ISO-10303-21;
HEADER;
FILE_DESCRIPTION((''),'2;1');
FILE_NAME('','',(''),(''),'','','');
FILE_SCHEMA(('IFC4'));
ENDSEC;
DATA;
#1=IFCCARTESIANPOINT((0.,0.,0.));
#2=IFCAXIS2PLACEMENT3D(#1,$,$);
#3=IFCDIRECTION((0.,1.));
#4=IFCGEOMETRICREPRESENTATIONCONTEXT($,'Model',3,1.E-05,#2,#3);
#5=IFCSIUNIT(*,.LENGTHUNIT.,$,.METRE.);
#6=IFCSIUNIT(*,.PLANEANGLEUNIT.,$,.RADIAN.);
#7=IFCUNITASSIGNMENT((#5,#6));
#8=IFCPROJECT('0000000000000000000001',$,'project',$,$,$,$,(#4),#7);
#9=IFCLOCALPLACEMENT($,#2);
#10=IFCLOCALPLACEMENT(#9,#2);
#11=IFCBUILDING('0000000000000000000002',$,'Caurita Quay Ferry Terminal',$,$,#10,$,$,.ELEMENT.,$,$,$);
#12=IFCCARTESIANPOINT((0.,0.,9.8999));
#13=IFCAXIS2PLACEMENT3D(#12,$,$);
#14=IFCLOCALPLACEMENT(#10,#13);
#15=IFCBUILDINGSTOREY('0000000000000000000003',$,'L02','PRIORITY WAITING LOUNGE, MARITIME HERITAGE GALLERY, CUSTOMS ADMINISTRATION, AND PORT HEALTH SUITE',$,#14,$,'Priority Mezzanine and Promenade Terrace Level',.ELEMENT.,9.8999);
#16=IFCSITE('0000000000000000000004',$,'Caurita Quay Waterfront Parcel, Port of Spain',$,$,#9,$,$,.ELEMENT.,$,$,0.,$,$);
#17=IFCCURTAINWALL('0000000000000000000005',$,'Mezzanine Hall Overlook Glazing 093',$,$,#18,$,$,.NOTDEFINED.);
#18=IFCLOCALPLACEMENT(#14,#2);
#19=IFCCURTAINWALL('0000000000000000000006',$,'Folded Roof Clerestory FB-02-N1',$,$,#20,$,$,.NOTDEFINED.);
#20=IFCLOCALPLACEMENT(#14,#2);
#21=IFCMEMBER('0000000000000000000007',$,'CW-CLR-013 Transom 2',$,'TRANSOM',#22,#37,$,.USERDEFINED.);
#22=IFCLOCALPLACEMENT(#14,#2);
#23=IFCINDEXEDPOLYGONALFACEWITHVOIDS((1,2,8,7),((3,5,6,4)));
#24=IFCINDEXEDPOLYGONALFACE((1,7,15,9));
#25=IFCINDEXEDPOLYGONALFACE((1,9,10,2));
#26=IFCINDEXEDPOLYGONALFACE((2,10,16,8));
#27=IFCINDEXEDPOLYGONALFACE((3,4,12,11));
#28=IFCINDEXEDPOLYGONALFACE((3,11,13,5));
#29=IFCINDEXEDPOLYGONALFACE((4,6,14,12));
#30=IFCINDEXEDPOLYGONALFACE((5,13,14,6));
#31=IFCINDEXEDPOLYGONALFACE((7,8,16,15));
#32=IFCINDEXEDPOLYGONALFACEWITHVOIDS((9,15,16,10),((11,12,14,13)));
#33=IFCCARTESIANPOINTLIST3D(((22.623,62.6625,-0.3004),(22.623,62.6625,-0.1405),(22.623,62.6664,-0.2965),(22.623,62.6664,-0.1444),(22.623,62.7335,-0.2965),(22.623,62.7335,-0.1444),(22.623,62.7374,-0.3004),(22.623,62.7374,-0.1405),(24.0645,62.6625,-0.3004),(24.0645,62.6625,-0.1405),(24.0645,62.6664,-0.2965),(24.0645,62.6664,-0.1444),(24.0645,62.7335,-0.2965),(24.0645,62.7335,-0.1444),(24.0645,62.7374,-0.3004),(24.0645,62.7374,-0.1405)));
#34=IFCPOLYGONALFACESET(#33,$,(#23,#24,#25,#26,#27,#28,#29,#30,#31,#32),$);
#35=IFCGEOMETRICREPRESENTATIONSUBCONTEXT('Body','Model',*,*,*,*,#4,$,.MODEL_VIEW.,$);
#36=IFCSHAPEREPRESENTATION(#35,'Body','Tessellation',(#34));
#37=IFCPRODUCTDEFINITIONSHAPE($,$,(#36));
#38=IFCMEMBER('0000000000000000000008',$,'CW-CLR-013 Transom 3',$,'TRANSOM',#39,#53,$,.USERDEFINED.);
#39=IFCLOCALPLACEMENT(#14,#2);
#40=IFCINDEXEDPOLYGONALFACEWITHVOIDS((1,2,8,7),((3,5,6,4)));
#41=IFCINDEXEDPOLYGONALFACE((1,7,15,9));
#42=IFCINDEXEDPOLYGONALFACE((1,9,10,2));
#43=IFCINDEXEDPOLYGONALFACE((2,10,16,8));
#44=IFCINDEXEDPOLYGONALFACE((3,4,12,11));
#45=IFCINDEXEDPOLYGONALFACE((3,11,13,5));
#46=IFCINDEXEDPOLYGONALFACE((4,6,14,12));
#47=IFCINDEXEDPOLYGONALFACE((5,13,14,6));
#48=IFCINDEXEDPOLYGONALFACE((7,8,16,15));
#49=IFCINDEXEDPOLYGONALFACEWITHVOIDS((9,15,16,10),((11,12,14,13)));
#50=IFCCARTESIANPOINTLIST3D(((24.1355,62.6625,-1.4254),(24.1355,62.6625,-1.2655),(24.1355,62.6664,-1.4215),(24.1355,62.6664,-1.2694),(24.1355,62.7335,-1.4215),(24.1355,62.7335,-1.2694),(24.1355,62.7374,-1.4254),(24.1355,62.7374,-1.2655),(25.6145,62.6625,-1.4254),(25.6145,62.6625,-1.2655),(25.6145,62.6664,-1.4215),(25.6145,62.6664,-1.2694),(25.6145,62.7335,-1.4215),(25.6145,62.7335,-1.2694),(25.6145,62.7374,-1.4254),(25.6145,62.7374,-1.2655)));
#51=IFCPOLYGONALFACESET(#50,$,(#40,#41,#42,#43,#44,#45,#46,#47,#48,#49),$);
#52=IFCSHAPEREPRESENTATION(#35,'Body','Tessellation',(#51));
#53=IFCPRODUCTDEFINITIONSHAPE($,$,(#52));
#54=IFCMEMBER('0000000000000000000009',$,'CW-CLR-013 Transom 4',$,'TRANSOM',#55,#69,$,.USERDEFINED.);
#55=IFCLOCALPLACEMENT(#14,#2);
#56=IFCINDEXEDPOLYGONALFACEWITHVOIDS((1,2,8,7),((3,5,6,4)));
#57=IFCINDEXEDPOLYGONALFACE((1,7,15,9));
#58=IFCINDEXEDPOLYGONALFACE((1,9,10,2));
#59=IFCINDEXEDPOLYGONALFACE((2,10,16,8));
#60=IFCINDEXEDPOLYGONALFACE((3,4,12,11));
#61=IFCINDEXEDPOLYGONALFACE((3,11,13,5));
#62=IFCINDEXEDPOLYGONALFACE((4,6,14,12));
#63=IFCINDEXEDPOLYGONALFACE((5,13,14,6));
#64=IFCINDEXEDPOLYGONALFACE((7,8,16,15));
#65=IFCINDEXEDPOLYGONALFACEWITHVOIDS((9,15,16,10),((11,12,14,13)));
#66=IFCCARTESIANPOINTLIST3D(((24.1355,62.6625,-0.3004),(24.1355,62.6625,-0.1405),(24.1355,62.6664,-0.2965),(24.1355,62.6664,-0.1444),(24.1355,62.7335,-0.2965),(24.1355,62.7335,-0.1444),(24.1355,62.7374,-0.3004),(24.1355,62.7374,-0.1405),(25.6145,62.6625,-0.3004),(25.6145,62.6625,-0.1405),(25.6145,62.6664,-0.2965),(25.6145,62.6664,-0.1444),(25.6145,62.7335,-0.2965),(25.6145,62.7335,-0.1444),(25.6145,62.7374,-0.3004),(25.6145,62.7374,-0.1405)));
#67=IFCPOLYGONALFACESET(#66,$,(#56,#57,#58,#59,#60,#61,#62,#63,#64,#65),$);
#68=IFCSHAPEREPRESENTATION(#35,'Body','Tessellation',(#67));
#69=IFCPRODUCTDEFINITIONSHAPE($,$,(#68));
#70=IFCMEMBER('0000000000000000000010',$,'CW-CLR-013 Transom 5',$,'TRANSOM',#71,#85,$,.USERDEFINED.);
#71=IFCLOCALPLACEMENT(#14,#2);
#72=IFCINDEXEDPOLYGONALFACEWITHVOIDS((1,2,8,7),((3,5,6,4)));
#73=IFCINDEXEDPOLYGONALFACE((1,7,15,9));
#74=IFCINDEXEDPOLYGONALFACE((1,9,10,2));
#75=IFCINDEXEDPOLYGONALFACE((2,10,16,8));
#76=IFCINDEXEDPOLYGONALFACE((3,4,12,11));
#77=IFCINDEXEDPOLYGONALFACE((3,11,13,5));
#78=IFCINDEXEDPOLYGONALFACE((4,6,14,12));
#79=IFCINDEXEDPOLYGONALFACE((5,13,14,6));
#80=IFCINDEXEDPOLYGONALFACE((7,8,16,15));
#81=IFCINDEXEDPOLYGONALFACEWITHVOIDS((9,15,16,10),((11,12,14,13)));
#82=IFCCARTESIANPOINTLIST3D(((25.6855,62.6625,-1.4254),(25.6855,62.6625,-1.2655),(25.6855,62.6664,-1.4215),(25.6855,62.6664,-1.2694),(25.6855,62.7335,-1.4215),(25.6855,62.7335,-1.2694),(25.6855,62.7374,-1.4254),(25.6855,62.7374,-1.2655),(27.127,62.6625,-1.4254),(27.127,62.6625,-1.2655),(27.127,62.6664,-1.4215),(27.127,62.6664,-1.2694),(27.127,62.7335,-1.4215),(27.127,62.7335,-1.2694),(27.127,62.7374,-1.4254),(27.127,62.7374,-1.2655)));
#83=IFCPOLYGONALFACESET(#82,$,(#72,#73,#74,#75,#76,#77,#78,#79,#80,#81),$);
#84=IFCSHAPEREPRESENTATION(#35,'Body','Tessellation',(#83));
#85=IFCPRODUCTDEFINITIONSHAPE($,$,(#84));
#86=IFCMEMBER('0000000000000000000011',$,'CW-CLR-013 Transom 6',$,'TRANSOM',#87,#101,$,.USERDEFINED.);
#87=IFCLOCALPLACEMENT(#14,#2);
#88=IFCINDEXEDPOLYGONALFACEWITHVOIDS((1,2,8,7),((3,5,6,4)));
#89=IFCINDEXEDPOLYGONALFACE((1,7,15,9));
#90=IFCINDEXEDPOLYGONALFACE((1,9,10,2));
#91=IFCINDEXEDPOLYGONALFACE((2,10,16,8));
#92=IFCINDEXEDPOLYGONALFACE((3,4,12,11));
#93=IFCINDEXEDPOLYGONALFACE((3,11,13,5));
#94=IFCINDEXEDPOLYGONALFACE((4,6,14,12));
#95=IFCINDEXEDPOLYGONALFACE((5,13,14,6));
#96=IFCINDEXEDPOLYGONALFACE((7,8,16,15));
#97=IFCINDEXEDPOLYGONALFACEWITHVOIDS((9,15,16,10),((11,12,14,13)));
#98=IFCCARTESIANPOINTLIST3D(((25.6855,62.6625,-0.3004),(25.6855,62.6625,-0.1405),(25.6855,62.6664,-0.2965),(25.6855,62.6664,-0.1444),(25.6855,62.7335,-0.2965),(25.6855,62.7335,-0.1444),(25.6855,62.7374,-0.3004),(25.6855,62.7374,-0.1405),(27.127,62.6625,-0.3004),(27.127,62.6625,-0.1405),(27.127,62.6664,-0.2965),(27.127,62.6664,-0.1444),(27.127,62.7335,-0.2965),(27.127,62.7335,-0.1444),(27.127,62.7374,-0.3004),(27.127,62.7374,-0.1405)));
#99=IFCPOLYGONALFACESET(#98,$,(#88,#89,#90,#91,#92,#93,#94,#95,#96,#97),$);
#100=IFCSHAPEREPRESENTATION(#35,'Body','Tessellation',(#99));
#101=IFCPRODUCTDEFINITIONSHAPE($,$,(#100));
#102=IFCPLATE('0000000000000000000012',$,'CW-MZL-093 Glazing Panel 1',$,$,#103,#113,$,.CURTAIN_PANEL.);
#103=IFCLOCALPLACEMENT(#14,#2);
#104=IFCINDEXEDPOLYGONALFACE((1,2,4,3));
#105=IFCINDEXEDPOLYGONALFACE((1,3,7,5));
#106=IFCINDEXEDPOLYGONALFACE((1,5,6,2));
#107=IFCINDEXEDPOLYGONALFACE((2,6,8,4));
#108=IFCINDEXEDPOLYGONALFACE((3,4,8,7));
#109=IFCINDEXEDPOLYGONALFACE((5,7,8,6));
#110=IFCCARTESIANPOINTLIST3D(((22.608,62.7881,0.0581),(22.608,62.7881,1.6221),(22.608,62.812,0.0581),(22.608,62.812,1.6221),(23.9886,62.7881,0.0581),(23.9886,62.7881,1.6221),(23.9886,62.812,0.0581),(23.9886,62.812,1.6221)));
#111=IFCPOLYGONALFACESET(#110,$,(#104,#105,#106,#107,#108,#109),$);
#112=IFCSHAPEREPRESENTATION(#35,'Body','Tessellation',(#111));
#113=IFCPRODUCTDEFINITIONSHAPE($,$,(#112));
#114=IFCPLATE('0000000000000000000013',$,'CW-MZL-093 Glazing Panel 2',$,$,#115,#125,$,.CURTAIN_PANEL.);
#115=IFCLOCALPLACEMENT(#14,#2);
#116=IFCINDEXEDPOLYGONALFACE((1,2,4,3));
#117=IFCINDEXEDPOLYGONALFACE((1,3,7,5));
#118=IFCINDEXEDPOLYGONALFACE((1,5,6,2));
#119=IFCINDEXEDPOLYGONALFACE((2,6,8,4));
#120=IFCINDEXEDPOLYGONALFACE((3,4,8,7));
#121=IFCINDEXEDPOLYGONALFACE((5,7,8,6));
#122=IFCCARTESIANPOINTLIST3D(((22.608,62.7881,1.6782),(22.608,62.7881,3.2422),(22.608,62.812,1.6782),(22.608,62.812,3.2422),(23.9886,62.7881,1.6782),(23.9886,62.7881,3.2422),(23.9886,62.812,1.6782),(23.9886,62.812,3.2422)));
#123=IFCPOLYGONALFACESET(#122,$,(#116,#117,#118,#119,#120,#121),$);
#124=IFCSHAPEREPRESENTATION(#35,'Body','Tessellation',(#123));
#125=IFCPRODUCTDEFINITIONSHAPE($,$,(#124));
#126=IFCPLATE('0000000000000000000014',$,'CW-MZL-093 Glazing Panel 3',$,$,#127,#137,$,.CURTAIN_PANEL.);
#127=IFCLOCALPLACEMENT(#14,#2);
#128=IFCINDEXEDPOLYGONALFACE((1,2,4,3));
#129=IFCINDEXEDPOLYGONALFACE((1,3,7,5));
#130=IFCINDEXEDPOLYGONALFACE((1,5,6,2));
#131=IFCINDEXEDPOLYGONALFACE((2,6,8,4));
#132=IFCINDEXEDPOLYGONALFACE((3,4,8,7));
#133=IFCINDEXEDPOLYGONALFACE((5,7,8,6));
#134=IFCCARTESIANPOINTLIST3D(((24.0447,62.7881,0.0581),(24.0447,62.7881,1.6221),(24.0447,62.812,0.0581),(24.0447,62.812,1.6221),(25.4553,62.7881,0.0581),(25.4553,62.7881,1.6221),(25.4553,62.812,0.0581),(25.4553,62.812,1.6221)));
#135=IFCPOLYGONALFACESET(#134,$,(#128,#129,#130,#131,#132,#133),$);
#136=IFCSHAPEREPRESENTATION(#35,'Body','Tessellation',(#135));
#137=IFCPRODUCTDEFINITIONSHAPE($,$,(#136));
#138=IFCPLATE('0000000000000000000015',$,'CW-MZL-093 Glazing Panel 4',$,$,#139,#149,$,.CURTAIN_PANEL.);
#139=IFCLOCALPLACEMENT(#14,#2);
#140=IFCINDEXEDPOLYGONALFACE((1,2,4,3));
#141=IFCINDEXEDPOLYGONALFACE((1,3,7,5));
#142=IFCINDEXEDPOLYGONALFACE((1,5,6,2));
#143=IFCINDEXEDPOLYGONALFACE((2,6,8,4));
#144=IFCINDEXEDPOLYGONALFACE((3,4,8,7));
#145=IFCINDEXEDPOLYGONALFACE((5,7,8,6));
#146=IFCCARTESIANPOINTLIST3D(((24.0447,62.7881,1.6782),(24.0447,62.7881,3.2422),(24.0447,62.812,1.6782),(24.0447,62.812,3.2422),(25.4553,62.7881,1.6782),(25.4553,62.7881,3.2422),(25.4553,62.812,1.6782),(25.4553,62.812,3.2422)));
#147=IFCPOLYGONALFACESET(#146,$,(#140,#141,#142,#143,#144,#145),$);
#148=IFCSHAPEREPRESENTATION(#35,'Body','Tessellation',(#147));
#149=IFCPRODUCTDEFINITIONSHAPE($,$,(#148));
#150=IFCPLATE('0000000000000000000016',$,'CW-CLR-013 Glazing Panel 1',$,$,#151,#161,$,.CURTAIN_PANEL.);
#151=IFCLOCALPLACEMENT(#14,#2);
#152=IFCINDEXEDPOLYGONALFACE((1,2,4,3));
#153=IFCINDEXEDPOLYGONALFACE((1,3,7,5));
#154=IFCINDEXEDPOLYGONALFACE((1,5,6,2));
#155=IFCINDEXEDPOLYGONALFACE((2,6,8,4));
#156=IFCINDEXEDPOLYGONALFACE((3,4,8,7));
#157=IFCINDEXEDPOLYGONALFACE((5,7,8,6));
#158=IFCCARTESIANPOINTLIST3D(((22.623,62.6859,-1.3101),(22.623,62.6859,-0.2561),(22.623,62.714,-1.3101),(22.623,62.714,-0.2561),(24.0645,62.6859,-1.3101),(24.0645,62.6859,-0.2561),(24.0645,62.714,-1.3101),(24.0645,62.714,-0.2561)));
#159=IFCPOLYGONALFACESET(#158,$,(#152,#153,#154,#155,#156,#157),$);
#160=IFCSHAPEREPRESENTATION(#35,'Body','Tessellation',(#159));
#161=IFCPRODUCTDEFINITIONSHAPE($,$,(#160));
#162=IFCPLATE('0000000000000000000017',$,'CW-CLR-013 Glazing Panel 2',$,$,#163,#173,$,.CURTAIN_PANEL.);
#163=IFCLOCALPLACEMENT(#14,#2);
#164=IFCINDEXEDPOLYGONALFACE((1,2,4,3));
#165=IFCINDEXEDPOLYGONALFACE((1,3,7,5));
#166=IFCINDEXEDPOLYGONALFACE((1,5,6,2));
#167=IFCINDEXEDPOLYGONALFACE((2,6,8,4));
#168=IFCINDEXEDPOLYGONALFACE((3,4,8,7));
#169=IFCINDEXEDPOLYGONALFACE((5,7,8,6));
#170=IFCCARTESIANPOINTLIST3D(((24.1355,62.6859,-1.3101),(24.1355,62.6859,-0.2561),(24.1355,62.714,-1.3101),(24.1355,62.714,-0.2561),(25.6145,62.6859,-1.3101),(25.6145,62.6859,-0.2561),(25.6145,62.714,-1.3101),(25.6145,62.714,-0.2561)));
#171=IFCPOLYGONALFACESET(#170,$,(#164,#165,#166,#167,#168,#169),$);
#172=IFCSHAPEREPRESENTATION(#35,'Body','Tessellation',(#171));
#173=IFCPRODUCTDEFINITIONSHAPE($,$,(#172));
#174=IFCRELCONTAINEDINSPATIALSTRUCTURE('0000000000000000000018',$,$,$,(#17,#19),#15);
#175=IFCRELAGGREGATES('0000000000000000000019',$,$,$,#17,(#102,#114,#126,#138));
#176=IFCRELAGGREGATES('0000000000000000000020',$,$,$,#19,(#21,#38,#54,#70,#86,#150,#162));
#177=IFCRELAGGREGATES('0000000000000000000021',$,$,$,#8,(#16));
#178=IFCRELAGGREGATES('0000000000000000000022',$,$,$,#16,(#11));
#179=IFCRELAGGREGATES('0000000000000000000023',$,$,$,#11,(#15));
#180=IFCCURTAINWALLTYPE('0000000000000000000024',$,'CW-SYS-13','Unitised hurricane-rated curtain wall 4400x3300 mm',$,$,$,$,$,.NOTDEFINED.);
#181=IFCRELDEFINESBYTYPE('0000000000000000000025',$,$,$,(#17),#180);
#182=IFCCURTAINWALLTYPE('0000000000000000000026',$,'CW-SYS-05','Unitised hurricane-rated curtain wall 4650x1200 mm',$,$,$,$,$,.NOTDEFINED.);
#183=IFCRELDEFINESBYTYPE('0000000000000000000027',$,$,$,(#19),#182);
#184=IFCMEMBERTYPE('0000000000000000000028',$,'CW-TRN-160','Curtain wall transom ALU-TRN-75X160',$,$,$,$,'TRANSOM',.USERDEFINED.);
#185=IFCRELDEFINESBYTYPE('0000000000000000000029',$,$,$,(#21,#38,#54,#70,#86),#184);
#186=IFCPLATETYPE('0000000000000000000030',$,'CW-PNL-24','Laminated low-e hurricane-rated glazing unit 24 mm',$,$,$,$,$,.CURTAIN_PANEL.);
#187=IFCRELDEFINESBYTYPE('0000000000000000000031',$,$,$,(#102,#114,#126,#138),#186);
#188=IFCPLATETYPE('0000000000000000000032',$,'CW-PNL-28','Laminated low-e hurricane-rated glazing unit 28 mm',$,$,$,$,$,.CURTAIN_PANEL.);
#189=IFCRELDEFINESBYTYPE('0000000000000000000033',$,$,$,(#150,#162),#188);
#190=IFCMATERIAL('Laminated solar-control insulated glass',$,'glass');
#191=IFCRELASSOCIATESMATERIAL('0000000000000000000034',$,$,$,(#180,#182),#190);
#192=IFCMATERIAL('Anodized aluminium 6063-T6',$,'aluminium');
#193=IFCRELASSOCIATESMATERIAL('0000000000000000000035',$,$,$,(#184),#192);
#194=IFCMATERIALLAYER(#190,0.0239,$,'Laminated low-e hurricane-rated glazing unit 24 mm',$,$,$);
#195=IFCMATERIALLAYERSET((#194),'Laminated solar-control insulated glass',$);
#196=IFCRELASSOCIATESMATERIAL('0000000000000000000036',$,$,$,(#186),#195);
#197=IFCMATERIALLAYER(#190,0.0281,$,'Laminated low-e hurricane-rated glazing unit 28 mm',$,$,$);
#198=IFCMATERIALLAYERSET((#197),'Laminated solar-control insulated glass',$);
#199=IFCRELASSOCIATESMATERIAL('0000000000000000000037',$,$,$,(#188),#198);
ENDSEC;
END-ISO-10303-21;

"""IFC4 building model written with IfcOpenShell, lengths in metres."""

from ifc_helpers import new_model, si_unit, direction, frame, origin, origin_2d, place, context, subcontext, project, spatial, rectangle, hollow_rectangle, extrude, material, layer, layer_set, material_profile, profile_set, type_object, element, aggregate, save


model = new_model("IFC4")

# Units and contexts
model_context = context("Model", 3, precision=1e-05, world=origin(), true_north=direction((0.0, 1.0)))
body_context = subcontext(model_context, "Body", "Model", "MODEL_VIEW")
ifc_project = project(units=[si_unit("LENGTHUNIT", "METRE"), si_unit("PLANEANGLEUNIT", "RADIAN")], contexts=[model_context])

# Site, building, storey
site_placement = place(None, origin())
site = spatial("IfcSite", under=ifc_project, at=site_placement, Name="Caurita Quay Waterfront Parcel, Port of Spain", CompositionType="ELEMENT", RefElevation=0.0)
building_placement = place(site_placement, origin())
building = spatial("IfcBuilding", under=site, at=building_placement, Name="Caurita Quay Ferry Terminal", CompositionType="ELEMENT")
storey_placement = place(building_placement, frame((0.0, 0.0, 9.8999)))
storey = spatial("IfcBuildingStorey", under=building, at=storey_placement, Name="L02", Description="PRIORITY WAITING LOUNGE, MARITIME HERITAGE GALLERY, CUSTOMS ADMINISTRATION, AND PORT HEALTH SUITE", LongName="Priority Mezzanine and Promenade Terrace Level", CompositionType="ELEMENT", Elevation=9.8999)

# Curtain walls
ifc_material_1 = material(Name="Laminated solar-control insulated glass", Category="glass")
curtain_wall_type_1 = type_object("IfcCurtainWallType", Name="CW-SYS-13", Description="Unitised hurricane-rated curtain wall 4400x3300 mm", PredefinedType="NOTDEFINED", material=ifc_material_1)
curtain_wall_1_placement = place(storey_placement, origin())
curtain_wall_1 = element("IfcCurtainWall", 1, at=curtain_wall_1_placement, inside=storey, type_object=curtain_wall_type_1, Name="Mezzanine Hall Overlook Glazing 093", PredefinedType="NOTDEFINED")
ifc_material_2 = material(Name="Anodized aluminium 6063-T6", Category="aluminium")
curtain_wall_type_2 = type_object("IfcCurtainWallType", Name="CW-SYS-05", Description="Unitised hurricane-rated curtain wall 4650x1200 mm", PredefinedType="NOTDEFINED", material=ifc_material_1)
curtain_wall_2_placement = place(storey_placement, origin())
curtain_wall_2 = element("IfcCurtainWall", 2, at=curtain_wall_2_placement, inside=storey, type_object=curtain_wall_type_2, Name="Folded Roof Clerestory FB-02-N1", PredefinedType="NOTDEFINED")

# Members
ifc_material_profile_1 = material_profile(ifc_material_2, hollow_rectangle(XDim=0.075, YDim=0.1599, WallThickness=0.0039, at=origin_2d()), Name="ALU-TRN-75X160")
ifc_profile_set_1 = profile_set([ifc_material_profile_1], Name="Anodized aluminium 6063-T6")
member_type_1 = type_object("IfcMemberType", Name="CW-TRN-160", Description="Curtain wall transom ALU-TRN-75X160", ElementType="TRANSOM", PredefinedType="USERDEFINED", material=ifc_profile_set_1)
member_1_placement = place(storey_placement, frame((22.623, 62.7, -0.2205), z_axis=(1.0, 0.0, 0.0), x_axis=(0.0, 1.0, 0.0)))
member_1 = element("IfcMember", 3, at=member_1_placement, type_object=member_type_1, Name="CW-CLR-013 Transom 2", ObjectType="TRANSOM", PredefinedType="USERDEFINED", context=body_context, shape_type="SweptSolid", body=[
    extrude(hollow_rectangle(XDim=0.075, YDim=0.1599, WallThickness=0.0039, at=origin_2d()), origin(), (0.0, 0.0, 1.0), 1.4414),
])
member_2_placement = place(storey_placement, frame((24.1355, 62.7, -1.3455), z_axis=(1.0, 0.0, 0.0), x_axis=(0.0, 1.0, 0.0)))
member_2 = element("IfcMember", 4, at=member_2_placement, type_object=member_type_1, Name="CW-CLR-013 Transom 3", ObjectType="TRANSOM", PredefinedType="USERDEFINED", context=body_context, shape_type="SweptSolid", body=[
    extrude(hollow_rectangle(XDim=0.075, YDim=0.1599, WallThickness=0.0039, at=origin_2d()), origin(), (0.0, 0.0, 1.0), 1.479),
])
member_3_placement = place(storey_placement, frame((24.1355, 62.7, -0.2205), z_axis=(1.0, 0.0, 0.0), x_axis=(0.0, 1.0, 0.0)))
member_3 = element("IfcMember", 5, at=member_3_placement, type_object=member_type_1, Name="CW-CLR-013 Transom 4", ObjectType="TRANSOM", PredefinedType="USERDEFINED", context=body_context, shape_type="SweptSolid", body=[
    extrude(hollow_rectangle(XDim=0.075, YDim=0.1599, WallThickness=0.0039, at=origin_2d()), origin(), (0.0, 0.0, 1.0), 1.479),
])
member_4_placement = place(storey_placement, frame((25.6855, 62.7, -1.3455), z_axis=(1.0, 0.0, 0.0), x_axis=(0.0, 1.0, 0.0)))
member_4 = element("IfcMember", 6, at=member_4_placement, type_object=member_type_1, Name="CW-CLR-013 Transom 5", ObjectType="TRANSOM", PredefinedType="USERDEFINED", context=body_context, shape_type="SweptSolid", body=[
    extrude(hollow_rectangle(XDim=0.075, YDim=0.1599, WallThickness=0.0039, at=origin_2d()), origin(), (0.0, 0.0, 1.0), 1.4414),
])
member_5_placement = place(storey_placement, frame((25.6855, 62.7, -0.2205), z_axis=(1.0, 0.0, 0.0), x_axis=(0.0, 1.0, 0.0)))
member_5 = element("IfcMember", 7, at=member_5_placement, type_object=member_type_1, Name="CW-CLR-013 Transom 6", ObjectType="TRANSOM", PredefinedType="USERDEFINED", context=body_context, shape_type="SweptSolid", body=[
    extrude(hollow_rectangle(XDim=0.075, YDim=0.1599, WallThickness=0.0039, at=origin_2d()), origin(), (0.0, 0.0, 1.0), 1.4414),
])

# Plates
ifc_layer_1 = layer(ifc_material_1, 0.0239, Name="Laminated low-e hurricane-rated glazing unit 24 mm")
ifc_layer_set_1 = layer_set([ifc_layer_1], Name="Laminated solar-control insulated glass")
plate_type_1 = type_object("IfcPlateType", Name="CW-PNL-24", Description="Laminated low-e hurricane-rated glazing unit 24 mm", PredefinedType="CURTAIN_PANEL", material=ifc_layer_set_1)
plate_1_placement = place(storey_placement, frame((23.2983, 62.8, 0.0581), z_axis=(0.0, 0.0, 1.0), x_axis=(1.0, 0.0, 0.0)))
plate_1 = element("IfcPlate", 8, at=plate_1_placement, type_object=plate_type_1, Name="CW-MZL-093 Glazing Panel 1", PredefinedType="CURTAIN_PANEL", context=body_context, shape_type="SweptSolid", body=[
    extrude(rectangle(XDim=1.3806, YDim=0.0239, at=origin_2d()), origin(), (0.0, 0.0, 1.0), 1.564),
])
plate_2_placement = place(storey_placement, frame((23.2983, 62.8, 1.6782), z_axis=(0.0, 0.0, 1.0), x_axis=(1.0, 0.0, 0.0)))
plate_2 = element("IfcPlate", 9, at=plate_2_placement, type_object=plate_type_1, Name="CW-MZL-093 Glazing Panel 2", PredefinedType="CURTAIN_PANEL", context=body_context, shape_type="SweptSolid", body=[
    extrude(rectangle(XDim=1.3806, YDim=0.0239, at=origin_2d()), origin(), (0.0, 0.0, 1.0), 1.564),
])
plate_3_placement = place(storey_placement, frame((24.75, 62.8, 0.0581), z_axis=(0.0, 0.0, 1.0), x_axis=(1.0, 0.0, 0.0)))
plate_3 = element("IfcPlate", 10, at=plate_3_placement, type_object=plate_type_1, Name="CW-MZL-093 Glazing Panel 3", PredefinedType="CURTAIN_PANEL", context=body_context, shape_type="SweptSolid", body=[
    extrude(rectangle(XDim=1.4106, YDim=0.0239, at=origin_2d()), origin(), (0.0, 0.0, 1.0), 1.564),
])
plate_4_placement = place(storey_placement, frame((24.75, 62.8, 1.6782), z_axis=(0.0, 0.0, 1.0), x_axis=(1.0, 0.0, 0.0)))
plate_4 = element("IfcPlate", 11, at=plate_4_placement, type_object=plate_type_1, Name="CW-MZL-093 Glazing Panel 4", PredefinedType="CURTAIN_PANEL", context=body_context, shape_type="SweptSolid", body=[
    extrude(rectangle(XDim=1.4106, YDim=0.0239, at=origin_2d()), origin(), (0.0, 0.0, 1.0), 1.564),
])
aggregate(curtain_wall_1, [plate_1, plate_2, plate_3, plate_4])
ifc_layer_2 = layer(ifc_material_1, 0.0281, Name="Laminated low-e hurricane-rated glazing unit 28 mm")
ifc_layer_set_2 = layer_set([ifc_layer_2], Name="Laminated solar-control insulated glass")
plate_type_2 = type_object("IfcPlateType", Name="CW-PNL-28", Description="Laminated low-e hurricane-rated glazing unit 28 mm", PredefinedType="CURTAIN_PANEL", material=ifc_layer_set_2)
plate_5_placement = place(storey_placement, frame((23.3438, 62.7, -1.3101), z_axis=(0.0, 0.0, 1.0), x_axis=(1.0, 0.0, 0.0)))
plate_5 = element("IfcPlate", 12, at=plate_5_placement, type_object=plate_type_2, Name="CW-CLR-013 Glazing Panel 1", PredefinedType="CURTAIN_PANEL", context=body_context, shape_type="SweptSolid", body=[
    extrude(rectangle(XDim=1.4414, YDim=0.0281, at=origin_2d()), origin(), (0.0, 0.0, 1.0), 1.054),
])
plate_6_placement = place(storey_placement, frame((24.875, 62.7, -1.3101), z_axis=(0.0, 0.0, 1.0), x_axis=(1.0, 0.0, 0.0)))
plate_6 = element("IfcPlate", 13, at=plate_6_placement, type_object=plate_type_2, Name="CW-CLR-013 Glazing Panel 2", PredefinedType="CURTAIN_PANEL", context=body_context, shape_type="SweptSolid", body=[
    extrude(rectangle(XDim=1.479, YDim=0.0281, at=origin_2d()), origin(), (0.0, 0.0, 1.0), 1.054),
])
aggregate(curtain_wall_2, [member_1, member_2, member_3, member_4, member_5, plate_5, plate_6])

save(model, "model.ifc")
